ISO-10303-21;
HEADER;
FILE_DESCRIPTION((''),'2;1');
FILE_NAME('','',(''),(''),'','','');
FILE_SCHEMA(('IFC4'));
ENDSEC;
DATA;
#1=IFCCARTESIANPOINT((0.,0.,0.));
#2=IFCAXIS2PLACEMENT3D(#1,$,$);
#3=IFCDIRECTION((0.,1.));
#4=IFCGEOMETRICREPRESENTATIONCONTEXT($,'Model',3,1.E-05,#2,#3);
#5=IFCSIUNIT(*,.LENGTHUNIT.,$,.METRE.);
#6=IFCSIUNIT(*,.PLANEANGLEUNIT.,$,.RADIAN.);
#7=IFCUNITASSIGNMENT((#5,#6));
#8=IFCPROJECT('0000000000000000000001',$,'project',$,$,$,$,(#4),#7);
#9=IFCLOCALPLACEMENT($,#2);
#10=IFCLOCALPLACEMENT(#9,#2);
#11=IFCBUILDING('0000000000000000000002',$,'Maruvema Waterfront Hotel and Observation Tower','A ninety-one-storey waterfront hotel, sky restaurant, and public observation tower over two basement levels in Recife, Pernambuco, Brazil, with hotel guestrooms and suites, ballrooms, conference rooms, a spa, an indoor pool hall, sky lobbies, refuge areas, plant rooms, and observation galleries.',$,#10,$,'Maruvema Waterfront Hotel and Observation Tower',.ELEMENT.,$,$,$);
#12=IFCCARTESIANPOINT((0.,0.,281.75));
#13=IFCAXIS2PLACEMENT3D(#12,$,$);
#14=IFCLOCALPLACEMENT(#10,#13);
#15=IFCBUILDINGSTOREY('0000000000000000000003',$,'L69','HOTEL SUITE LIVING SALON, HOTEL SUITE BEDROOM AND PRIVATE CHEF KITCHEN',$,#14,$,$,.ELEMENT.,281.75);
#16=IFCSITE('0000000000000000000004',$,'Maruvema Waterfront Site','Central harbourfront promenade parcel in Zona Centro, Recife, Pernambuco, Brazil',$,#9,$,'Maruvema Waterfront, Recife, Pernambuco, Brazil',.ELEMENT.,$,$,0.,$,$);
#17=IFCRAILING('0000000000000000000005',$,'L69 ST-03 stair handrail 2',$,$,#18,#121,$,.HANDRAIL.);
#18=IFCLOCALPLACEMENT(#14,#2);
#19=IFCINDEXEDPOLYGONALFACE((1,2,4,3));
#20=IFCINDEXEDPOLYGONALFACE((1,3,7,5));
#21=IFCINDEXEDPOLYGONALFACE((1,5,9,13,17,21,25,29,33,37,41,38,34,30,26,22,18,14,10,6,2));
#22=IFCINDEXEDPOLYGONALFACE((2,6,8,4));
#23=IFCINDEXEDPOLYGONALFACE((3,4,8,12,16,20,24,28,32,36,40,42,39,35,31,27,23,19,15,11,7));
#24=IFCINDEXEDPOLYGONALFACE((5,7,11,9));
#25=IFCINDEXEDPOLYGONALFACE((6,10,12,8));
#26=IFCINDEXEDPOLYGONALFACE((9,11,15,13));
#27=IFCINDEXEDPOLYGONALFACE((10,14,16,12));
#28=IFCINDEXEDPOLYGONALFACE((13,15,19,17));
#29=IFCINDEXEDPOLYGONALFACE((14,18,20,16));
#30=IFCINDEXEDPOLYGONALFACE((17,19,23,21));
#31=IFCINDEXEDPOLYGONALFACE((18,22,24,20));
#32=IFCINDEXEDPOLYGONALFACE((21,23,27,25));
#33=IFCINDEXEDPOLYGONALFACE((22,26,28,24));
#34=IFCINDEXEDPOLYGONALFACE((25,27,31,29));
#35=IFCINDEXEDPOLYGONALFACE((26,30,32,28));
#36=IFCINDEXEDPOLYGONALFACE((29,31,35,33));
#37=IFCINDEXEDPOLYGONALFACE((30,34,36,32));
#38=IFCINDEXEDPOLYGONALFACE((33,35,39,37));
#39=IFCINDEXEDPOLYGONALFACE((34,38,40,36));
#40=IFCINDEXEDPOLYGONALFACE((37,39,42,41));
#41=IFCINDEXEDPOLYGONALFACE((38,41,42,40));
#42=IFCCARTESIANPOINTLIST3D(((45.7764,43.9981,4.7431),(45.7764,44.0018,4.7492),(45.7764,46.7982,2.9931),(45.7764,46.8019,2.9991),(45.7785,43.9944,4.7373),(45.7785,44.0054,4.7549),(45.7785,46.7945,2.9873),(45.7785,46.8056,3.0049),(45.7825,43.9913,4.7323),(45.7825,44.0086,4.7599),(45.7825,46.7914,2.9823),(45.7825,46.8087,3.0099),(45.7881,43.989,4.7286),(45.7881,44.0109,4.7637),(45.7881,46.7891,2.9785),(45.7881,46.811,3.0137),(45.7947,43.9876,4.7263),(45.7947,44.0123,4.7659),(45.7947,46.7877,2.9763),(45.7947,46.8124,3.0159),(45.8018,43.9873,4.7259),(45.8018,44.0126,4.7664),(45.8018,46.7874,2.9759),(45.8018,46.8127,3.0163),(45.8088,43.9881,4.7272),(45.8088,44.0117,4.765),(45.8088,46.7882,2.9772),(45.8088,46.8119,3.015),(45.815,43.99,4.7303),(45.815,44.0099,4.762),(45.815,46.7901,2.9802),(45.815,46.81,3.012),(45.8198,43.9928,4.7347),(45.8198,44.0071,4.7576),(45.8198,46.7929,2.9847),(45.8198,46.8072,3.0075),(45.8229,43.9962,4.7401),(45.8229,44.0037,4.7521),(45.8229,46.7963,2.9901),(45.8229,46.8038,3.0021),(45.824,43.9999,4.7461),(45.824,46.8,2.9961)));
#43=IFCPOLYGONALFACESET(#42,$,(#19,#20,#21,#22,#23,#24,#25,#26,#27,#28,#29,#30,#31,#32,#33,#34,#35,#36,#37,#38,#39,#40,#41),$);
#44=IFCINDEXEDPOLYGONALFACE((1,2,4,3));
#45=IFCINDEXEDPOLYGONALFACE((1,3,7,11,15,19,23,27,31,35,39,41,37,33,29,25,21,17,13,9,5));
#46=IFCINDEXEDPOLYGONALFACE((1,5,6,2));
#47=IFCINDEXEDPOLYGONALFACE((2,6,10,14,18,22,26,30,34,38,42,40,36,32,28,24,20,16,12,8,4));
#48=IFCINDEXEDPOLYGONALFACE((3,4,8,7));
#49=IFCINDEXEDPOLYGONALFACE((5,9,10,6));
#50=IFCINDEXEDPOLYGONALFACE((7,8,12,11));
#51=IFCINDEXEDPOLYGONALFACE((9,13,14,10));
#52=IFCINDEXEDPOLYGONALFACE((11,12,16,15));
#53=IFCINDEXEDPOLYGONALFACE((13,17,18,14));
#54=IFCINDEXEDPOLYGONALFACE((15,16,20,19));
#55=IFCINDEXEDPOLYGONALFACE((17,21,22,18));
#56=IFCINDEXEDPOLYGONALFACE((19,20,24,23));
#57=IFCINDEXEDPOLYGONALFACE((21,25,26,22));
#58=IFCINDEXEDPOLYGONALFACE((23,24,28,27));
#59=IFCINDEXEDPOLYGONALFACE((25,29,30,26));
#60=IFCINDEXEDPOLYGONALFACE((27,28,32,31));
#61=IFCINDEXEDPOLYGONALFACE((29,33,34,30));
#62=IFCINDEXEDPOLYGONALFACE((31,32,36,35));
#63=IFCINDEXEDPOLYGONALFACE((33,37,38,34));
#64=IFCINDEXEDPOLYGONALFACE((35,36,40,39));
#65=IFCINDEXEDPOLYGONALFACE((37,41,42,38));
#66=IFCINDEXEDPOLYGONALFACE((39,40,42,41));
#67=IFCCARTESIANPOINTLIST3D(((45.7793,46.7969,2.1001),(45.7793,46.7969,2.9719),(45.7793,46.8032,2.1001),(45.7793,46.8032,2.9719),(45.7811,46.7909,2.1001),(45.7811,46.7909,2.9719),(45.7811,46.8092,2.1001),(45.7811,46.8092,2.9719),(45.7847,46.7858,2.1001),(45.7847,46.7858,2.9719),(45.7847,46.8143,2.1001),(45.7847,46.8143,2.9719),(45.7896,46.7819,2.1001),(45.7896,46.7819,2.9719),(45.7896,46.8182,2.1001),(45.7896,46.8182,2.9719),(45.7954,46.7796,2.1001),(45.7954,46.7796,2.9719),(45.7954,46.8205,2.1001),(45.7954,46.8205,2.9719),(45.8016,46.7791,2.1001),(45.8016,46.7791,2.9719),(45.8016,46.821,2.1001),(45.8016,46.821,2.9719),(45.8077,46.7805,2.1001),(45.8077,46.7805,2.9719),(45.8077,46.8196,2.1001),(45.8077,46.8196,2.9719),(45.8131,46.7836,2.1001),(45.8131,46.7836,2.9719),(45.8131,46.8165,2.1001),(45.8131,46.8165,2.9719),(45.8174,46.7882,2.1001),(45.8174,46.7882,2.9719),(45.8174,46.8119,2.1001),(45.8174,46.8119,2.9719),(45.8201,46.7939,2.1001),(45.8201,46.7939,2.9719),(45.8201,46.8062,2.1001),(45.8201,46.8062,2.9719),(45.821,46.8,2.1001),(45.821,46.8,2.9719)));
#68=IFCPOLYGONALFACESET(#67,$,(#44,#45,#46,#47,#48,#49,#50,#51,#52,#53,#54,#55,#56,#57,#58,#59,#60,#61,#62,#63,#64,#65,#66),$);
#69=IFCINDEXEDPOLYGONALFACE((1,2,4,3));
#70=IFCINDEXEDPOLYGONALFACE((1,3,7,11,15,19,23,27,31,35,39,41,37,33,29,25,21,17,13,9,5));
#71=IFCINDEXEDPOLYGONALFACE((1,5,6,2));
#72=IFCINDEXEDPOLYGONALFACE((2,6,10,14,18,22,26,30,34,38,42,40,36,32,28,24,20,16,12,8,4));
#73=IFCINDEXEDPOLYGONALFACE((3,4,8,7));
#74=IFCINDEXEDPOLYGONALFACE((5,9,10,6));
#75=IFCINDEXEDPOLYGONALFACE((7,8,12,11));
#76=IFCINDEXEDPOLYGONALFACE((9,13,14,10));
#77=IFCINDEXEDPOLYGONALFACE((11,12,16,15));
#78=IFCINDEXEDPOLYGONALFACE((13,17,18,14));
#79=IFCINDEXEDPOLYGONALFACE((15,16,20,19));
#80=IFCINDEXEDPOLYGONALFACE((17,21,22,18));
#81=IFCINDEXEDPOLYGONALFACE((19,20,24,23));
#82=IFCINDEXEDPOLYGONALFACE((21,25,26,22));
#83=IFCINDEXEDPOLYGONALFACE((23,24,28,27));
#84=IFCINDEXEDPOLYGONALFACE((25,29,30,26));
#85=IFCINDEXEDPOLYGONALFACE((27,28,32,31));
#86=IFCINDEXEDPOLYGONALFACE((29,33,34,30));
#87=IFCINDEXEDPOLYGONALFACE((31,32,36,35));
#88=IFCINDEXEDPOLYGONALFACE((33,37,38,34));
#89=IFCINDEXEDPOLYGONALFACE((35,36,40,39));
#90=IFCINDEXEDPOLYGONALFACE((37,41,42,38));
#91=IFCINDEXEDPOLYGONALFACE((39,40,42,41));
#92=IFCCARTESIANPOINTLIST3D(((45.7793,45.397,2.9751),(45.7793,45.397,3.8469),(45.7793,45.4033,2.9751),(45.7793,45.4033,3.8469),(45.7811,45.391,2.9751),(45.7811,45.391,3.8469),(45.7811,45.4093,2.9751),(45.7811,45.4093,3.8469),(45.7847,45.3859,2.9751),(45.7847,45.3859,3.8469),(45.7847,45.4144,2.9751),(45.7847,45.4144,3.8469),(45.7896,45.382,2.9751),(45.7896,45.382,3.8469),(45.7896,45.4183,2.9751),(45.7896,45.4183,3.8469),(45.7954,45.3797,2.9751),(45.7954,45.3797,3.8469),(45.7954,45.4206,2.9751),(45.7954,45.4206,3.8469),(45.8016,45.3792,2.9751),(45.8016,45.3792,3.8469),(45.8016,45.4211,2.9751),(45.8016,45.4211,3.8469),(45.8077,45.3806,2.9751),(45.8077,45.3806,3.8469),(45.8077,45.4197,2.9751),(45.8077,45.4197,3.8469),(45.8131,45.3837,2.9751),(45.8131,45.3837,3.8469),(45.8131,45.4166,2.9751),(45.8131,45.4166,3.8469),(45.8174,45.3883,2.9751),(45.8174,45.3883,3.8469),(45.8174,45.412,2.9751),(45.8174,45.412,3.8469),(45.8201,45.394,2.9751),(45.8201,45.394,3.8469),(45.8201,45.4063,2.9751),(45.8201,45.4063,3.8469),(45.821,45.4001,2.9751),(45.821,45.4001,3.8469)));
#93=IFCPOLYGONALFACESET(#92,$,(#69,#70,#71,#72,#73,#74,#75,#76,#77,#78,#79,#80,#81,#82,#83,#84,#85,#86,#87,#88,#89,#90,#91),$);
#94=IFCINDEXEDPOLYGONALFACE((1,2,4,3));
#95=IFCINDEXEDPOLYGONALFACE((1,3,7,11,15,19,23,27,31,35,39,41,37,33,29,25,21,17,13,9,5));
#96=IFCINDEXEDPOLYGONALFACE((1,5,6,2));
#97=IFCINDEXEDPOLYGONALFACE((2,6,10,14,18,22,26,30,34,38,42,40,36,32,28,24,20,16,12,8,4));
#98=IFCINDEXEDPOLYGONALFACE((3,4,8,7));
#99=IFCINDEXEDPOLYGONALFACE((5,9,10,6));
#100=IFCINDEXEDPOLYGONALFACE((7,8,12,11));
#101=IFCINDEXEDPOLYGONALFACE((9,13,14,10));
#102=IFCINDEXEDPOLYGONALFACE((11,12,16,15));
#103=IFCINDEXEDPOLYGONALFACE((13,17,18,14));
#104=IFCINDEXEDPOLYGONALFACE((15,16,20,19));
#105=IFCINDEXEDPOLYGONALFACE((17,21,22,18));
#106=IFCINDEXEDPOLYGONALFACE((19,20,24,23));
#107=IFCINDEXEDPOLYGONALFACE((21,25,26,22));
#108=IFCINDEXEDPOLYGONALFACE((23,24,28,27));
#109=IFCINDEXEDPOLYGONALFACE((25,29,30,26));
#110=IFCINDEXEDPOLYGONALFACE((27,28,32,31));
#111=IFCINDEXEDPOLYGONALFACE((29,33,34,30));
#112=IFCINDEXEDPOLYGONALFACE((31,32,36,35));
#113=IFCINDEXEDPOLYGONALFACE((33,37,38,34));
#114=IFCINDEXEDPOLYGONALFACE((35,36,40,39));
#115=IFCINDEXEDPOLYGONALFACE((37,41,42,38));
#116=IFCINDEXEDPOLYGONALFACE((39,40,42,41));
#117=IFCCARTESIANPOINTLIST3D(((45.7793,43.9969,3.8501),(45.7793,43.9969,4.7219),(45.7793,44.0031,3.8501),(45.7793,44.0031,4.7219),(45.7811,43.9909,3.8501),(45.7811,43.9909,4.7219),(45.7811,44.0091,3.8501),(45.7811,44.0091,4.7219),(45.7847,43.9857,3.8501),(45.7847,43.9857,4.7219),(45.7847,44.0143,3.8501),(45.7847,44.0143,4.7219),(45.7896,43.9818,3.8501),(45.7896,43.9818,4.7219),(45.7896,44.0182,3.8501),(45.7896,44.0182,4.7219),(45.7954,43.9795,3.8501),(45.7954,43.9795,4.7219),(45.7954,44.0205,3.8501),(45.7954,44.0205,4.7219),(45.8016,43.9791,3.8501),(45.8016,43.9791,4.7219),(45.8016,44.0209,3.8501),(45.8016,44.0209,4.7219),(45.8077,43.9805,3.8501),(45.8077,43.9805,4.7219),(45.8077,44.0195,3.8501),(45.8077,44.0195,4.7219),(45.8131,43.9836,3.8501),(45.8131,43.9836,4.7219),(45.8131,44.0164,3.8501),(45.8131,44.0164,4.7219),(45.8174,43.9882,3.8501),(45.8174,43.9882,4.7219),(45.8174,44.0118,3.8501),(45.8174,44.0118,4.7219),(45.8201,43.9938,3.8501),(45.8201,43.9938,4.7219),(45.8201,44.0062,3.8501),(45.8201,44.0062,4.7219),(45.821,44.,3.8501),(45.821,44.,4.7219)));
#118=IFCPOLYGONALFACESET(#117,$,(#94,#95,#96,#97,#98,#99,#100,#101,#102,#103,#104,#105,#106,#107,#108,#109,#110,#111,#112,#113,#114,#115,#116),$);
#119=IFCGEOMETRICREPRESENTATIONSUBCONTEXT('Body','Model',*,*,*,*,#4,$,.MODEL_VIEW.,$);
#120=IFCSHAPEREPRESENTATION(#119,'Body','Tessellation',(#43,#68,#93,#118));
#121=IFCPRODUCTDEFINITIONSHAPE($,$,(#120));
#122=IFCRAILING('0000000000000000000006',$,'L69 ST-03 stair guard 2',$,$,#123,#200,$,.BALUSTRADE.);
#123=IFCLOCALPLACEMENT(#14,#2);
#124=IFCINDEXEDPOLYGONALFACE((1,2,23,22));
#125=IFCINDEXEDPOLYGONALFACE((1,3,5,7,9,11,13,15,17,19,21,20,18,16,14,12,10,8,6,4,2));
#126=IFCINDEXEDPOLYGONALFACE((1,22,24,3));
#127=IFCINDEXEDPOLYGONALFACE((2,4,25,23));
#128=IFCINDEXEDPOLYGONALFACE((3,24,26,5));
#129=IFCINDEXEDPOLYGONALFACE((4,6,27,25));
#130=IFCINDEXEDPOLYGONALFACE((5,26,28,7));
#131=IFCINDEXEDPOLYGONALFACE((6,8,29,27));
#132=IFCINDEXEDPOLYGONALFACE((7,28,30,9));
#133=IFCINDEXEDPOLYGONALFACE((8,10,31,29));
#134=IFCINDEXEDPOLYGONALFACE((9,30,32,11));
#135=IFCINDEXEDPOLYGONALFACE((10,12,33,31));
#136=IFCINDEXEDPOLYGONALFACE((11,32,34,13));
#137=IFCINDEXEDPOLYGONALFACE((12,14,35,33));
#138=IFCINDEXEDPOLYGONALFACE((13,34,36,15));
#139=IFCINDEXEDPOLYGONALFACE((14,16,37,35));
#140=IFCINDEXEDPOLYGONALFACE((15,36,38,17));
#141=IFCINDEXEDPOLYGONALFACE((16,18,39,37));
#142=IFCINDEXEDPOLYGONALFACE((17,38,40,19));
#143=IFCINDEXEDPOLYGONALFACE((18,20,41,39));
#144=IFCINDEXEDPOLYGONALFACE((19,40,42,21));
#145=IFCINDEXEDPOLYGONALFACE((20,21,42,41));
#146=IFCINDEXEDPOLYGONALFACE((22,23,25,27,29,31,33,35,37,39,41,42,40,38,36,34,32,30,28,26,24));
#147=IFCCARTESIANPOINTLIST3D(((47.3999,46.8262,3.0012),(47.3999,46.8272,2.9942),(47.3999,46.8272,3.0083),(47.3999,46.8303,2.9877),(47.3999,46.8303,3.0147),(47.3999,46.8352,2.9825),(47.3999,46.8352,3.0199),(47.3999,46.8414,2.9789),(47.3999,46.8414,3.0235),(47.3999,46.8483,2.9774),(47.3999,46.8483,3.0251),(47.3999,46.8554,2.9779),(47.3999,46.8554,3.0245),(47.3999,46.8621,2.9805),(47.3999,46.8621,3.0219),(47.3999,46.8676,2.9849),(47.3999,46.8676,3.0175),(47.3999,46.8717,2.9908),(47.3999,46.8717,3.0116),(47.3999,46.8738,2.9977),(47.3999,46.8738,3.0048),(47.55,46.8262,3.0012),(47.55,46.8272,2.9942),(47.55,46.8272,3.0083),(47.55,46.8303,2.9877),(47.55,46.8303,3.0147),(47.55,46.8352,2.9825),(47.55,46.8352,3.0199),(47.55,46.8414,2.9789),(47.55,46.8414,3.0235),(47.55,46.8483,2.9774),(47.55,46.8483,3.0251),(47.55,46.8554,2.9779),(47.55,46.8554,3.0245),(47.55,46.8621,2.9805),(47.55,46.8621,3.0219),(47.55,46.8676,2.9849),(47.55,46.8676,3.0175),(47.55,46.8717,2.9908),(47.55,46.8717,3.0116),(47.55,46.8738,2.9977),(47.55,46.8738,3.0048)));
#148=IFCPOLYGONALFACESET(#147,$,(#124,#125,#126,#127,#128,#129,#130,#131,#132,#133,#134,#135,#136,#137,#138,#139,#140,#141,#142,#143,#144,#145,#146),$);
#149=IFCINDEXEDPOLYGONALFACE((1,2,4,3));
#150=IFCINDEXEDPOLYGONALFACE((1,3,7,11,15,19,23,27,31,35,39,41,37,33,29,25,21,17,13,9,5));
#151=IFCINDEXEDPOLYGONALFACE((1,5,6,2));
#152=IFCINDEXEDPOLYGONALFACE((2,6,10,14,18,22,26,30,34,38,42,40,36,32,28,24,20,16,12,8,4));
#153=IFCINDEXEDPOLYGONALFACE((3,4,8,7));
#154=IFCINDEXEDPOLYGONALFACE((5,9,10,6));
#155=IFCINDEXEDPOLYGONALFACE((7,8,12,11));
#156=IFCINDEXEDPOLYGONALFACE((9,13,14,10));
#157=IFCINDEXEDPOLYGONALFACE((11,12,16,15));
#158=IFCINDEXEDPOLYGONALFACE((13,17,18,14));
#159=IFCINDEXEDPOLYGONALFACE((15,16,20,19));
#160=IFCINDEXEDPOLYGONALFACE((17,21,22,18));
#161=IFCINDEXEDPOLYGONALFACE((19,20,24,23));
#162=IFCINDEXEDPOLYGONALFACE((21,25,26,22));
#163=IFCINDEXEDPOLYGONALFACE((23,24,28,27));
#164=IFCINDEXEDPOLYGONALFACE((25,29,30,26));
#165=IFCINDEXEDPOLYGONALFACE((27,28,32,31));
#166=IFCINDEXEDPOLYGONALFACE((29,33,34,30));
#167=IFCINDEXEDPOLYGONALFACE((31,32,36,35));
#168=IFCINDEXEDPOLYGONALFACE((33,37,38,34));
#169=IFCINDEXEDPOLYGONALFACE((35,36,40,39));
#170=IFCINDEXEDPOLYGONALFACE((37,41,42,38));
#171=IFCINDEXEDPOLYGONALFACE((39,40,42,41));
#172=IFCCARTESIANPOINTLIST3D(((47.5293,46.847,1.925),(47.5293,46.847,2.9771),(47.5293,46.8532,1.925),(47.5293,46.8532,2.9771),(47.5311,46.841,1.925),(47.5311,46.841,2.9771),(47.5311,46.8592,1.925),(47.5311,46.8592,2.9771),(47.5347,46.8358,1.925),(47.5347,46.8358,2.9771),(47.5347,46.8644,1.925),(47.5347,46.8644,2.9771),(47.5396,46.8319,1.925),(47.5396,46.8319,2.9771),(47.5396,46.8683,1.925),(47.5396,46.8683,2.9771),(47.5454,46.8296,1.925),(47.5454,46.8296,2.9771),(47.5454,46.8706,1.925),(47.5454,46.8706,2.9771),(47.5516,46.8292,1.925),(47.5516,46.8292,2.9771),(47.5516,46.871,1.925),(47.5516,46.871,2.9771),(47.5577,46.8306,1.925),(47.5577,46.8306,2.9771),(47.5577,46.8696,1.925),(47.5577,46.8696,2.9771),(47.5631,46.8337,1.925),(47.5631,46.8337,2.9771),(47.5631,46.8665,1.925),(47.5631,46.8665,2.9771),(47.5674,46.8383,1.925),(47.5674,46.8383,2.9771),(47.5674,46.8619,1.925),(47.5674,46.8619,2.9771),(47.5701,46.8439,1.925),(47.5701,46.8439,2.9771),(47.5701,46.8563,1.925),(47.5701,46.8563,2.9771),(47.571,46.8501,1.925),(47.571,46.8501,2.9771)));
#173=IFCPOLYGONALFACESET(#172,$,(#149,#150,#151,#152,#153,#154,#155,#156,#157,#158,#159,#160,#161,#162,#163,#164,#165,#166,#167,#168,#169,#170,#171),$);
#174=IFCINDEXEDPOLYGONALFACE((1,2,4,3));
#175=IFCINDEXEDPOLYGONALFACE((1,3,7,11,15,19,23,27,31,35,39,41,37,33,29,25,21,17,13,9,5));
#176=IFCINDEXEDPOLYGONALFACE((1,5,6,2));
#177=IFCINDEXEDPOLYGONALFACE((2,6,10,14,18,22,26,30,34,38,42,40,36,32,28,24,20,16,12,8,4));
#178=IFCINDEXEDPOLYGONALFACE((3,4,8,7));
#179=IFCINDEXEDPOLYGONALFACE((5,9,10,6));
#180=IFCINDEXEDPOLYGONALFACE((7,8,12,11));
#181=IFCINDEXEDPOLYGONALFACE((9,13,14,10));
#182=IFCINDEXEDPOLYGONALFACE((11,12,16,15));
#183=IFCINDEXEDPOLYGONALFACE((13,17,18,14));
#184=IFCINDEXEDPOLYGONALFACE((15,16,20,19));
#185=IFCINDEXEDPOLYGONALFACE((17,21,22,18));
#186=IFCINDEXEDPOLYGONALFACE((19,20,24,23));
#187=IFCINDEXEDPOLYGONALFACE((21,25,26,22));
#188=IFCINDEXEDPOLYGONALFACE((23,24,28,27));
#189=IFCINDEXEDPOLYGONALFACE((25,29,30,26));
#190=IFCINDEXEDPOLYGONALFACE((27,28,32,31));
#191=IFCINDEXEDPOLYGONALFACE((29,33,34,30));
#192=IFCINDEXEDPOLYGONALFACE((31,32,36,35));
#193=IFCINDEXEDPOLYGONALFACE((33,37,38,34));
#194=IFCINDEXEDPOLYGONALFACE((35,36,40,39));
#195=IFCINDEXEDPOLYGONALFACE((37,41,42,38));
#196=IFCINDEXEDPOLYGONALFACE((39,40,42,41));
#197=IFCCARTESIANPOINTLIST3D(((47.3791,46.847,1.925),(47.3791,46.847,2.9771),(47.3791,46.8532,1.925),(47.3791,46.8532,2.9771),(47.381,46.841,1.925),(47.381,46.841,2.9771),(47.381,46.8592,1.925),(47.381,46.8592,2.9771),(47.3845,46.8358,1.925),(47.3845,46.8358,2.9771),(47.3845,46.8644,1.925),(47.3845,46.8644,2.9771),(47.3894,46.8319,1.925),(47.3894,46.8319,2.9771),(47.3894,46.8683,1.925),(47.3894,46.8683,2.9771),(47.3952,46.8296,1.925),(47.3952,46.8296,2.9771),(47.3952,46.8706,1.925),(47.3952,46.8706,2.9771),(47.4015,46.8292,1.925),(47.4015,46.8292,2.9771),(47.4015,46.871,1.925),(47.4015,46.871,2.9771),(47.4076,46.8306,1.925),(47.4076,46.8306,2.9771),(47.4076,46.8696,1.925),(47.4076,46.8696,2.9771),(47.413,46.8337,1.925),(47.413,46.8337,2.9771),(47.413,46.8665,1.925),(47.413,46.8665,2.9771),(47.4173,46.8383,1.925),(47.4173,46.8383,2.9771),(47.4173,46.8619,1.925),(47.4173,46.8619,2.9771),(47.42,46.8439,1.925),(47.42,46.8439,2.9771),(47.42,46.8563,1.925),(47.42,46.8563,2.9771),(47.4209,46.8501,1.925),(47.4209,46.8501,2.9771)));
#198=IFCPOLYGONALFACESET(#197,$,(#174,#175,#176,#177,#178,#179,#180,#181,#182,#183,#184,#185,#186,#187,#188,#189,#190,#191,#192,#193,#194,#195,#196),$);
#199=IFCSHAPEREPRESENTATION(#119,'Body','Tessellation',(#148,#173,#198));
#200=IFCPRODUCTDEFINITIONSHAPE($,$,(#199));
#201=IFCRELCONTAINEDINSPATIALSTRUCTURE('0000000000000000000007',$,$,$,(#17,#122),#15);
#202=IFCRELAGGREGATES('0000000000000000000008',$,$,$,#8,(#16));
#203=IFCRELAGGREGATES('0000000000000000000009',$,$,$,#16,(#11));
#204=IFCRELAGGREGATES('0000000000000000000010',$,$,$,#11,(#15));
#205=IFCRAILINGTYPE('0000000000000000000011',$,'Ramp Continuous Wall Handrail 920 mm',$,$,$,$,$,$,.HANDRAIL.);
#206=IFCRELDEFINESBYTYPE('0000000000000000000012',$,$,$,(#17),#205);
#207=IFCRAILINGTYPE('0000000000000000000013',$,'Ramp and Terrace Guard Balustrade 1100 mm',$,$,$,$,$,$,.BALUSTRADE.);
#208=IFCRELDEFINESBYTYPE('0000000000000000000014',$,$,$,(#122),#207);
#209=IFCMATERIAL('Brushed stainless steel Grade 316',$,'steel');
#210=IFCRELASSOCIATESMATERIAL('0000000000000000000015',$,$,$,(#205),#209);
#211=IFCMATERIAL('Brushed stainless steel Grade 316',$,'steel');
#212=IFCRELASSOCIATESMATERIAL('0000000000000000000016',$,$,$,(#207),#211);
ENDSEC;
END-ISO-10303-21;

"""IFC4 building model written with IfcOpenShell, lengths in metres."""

from ifc_helpers import new_model, si_unit, direction, frame, origin, origin_2d, place, context, subcontext, project, spatial, circle, extrude, material, type_object, element, save


model = new_model("IFC4")

# Units and contexts
model_context = context("Model", 3, precision=1e-05, world=origin(), true_north=direction((0.0, 1.0)))
body_context = subcontext(model_context, "Body", "Model", "MODEL_VIEW")
ifc_project = project(units=[si_unit("LENGTHUNIT", "METRE"), si_unit("PLANEANGLEUNIT", "RADIAN")], contexts=[model_context])

# Site, building, storey
site_placement = place(None, origin())
site = spatial("IfcSite", under=ifc_project, at=site_placement, Name="Maruvema Waterfront Site", Description="Central harbourfront promenade parcel in Zona Centro, Recife, Pernambuco, Brazil", LongName="Maruvema Waterfront, Recife, Pernambuco, Brazil", CompositionType="ELEMENT", RefElevation=0.0)
building_placement = place(site_placement, origin())
building = spatial("IfcBuilding", under=site, at=building_placement, Name="Maruvema Waterfront Hotel and Observation Tower", Description="A ninety-one-storey waterfront hotel, sky restaurant, and public observation tower over two basement levels in Recife, Pernambuco, Brazil, with hotel guestrooms and suites, ballrooms, conference rooms, a spa, an indoor pool hall, sky lobbies, refuge areas, plant rooms, and observation galleries.", LongName="Maruvema Waterfront Hotel and Observation Tower", CompositionType="ELEMENT")
storey_placement = place(building_placement, frame((0.0, 0.0, 281.75)))
storey = spatial("IfcBuildingStorey", under=building, at=storey_placement, Name="L69", Description="HOTEL SUITE LIVING SALON, HOTEL SUITE BEDROOM AND PRIVATE CHEF KITCHEN", CompositionType="ELEMENT", Elevation=281.75)

# Railings
ifc_material_1 = material(Name="Brushed stainless steel Grade 316", Category="steel")
railing_type_1 = type_object("IfcRailingType", Name="Ramp Continuous Wall Handrail 920 mm", PredefinedType="HANDRAIL", material=ifc_material_1)
railing_1_placement = place(storey_placement, frame((45.8, 46.8, 2.1001)))
element("IfcRailing", 1, at=railing_1_placement, inside=storey, type_object=railing_type_1, Name="L69 ST-03 stair handrail 2", PredefinedType="HANDRAIL", context=body_context, shape_type="SweptSolid", body=[
    extrude(circle(Radius=0.0239, at=origin_2d()), frame((0.0, 0.0, 0.896), z_axis=(0.0, -0.848002, 0.529992), x_axis=(1.0, 0.0, 0.0)), (0.0, 0.0, 1.0), 3.302),
    extrude(circle(Radius=0.021, at=origin_2d()), origin(), (0.0, 0.0, 1.0), 0.8718),
    extrude(circle(Radius=0.021, at=origin_2d()), frame((0.0, -1.3999, 0.875)), (0.0, 0.0, 1.0), 0.8718),
    extrude(circle(Radius=0.021, at=origin_2d()), frame((0.0, -2.8, 1.75)), (0.0, 0.0, 1.0), 0.8718),
])
ifc_material_2 = material(Name="Brushed stainless steel Grade 316", Category="steel")
railing_type_2 = type_object("IfcRailingType", Name="Ramp and Terrace Guard Balustrade 1100 mm", PredefinedType="BALUSTRADE", material=ifc_material_2)
railing_2_placement = place(storey_placement, frame((47.55, 46.8501, 1.925)))
element("IfcRailing", 2, at=railing_2_placement, inside=storey, type_object=railing_type_2, Name="L69 ST-03 stair guard 2", PredefinedType="BALUSTRADE", context=body_context, shape_type="SweptSolid", body=[
    extrude(circle(Radius=0.0239, at=origin_2d()), frame((0.0, 0.0, 1.0762), z_axis=(-1.0, 0.0, 0.0), x_axis=(0.0, -1.0, 0.0)), (0.0, 0.0, 1.0), 0.1501),
    extrude(circle(Radius=0.021, at=origin_2d()), origin(), (0.0, 0.0, 1.0), 1.052),
    extrude(circle(Radius=0.021, at=origin_2d()), frame((-0.1501, 0.0, 0.0)), (0.0, 0.0, 1.0), 1.052),
])

save(model, "model.ifc")
